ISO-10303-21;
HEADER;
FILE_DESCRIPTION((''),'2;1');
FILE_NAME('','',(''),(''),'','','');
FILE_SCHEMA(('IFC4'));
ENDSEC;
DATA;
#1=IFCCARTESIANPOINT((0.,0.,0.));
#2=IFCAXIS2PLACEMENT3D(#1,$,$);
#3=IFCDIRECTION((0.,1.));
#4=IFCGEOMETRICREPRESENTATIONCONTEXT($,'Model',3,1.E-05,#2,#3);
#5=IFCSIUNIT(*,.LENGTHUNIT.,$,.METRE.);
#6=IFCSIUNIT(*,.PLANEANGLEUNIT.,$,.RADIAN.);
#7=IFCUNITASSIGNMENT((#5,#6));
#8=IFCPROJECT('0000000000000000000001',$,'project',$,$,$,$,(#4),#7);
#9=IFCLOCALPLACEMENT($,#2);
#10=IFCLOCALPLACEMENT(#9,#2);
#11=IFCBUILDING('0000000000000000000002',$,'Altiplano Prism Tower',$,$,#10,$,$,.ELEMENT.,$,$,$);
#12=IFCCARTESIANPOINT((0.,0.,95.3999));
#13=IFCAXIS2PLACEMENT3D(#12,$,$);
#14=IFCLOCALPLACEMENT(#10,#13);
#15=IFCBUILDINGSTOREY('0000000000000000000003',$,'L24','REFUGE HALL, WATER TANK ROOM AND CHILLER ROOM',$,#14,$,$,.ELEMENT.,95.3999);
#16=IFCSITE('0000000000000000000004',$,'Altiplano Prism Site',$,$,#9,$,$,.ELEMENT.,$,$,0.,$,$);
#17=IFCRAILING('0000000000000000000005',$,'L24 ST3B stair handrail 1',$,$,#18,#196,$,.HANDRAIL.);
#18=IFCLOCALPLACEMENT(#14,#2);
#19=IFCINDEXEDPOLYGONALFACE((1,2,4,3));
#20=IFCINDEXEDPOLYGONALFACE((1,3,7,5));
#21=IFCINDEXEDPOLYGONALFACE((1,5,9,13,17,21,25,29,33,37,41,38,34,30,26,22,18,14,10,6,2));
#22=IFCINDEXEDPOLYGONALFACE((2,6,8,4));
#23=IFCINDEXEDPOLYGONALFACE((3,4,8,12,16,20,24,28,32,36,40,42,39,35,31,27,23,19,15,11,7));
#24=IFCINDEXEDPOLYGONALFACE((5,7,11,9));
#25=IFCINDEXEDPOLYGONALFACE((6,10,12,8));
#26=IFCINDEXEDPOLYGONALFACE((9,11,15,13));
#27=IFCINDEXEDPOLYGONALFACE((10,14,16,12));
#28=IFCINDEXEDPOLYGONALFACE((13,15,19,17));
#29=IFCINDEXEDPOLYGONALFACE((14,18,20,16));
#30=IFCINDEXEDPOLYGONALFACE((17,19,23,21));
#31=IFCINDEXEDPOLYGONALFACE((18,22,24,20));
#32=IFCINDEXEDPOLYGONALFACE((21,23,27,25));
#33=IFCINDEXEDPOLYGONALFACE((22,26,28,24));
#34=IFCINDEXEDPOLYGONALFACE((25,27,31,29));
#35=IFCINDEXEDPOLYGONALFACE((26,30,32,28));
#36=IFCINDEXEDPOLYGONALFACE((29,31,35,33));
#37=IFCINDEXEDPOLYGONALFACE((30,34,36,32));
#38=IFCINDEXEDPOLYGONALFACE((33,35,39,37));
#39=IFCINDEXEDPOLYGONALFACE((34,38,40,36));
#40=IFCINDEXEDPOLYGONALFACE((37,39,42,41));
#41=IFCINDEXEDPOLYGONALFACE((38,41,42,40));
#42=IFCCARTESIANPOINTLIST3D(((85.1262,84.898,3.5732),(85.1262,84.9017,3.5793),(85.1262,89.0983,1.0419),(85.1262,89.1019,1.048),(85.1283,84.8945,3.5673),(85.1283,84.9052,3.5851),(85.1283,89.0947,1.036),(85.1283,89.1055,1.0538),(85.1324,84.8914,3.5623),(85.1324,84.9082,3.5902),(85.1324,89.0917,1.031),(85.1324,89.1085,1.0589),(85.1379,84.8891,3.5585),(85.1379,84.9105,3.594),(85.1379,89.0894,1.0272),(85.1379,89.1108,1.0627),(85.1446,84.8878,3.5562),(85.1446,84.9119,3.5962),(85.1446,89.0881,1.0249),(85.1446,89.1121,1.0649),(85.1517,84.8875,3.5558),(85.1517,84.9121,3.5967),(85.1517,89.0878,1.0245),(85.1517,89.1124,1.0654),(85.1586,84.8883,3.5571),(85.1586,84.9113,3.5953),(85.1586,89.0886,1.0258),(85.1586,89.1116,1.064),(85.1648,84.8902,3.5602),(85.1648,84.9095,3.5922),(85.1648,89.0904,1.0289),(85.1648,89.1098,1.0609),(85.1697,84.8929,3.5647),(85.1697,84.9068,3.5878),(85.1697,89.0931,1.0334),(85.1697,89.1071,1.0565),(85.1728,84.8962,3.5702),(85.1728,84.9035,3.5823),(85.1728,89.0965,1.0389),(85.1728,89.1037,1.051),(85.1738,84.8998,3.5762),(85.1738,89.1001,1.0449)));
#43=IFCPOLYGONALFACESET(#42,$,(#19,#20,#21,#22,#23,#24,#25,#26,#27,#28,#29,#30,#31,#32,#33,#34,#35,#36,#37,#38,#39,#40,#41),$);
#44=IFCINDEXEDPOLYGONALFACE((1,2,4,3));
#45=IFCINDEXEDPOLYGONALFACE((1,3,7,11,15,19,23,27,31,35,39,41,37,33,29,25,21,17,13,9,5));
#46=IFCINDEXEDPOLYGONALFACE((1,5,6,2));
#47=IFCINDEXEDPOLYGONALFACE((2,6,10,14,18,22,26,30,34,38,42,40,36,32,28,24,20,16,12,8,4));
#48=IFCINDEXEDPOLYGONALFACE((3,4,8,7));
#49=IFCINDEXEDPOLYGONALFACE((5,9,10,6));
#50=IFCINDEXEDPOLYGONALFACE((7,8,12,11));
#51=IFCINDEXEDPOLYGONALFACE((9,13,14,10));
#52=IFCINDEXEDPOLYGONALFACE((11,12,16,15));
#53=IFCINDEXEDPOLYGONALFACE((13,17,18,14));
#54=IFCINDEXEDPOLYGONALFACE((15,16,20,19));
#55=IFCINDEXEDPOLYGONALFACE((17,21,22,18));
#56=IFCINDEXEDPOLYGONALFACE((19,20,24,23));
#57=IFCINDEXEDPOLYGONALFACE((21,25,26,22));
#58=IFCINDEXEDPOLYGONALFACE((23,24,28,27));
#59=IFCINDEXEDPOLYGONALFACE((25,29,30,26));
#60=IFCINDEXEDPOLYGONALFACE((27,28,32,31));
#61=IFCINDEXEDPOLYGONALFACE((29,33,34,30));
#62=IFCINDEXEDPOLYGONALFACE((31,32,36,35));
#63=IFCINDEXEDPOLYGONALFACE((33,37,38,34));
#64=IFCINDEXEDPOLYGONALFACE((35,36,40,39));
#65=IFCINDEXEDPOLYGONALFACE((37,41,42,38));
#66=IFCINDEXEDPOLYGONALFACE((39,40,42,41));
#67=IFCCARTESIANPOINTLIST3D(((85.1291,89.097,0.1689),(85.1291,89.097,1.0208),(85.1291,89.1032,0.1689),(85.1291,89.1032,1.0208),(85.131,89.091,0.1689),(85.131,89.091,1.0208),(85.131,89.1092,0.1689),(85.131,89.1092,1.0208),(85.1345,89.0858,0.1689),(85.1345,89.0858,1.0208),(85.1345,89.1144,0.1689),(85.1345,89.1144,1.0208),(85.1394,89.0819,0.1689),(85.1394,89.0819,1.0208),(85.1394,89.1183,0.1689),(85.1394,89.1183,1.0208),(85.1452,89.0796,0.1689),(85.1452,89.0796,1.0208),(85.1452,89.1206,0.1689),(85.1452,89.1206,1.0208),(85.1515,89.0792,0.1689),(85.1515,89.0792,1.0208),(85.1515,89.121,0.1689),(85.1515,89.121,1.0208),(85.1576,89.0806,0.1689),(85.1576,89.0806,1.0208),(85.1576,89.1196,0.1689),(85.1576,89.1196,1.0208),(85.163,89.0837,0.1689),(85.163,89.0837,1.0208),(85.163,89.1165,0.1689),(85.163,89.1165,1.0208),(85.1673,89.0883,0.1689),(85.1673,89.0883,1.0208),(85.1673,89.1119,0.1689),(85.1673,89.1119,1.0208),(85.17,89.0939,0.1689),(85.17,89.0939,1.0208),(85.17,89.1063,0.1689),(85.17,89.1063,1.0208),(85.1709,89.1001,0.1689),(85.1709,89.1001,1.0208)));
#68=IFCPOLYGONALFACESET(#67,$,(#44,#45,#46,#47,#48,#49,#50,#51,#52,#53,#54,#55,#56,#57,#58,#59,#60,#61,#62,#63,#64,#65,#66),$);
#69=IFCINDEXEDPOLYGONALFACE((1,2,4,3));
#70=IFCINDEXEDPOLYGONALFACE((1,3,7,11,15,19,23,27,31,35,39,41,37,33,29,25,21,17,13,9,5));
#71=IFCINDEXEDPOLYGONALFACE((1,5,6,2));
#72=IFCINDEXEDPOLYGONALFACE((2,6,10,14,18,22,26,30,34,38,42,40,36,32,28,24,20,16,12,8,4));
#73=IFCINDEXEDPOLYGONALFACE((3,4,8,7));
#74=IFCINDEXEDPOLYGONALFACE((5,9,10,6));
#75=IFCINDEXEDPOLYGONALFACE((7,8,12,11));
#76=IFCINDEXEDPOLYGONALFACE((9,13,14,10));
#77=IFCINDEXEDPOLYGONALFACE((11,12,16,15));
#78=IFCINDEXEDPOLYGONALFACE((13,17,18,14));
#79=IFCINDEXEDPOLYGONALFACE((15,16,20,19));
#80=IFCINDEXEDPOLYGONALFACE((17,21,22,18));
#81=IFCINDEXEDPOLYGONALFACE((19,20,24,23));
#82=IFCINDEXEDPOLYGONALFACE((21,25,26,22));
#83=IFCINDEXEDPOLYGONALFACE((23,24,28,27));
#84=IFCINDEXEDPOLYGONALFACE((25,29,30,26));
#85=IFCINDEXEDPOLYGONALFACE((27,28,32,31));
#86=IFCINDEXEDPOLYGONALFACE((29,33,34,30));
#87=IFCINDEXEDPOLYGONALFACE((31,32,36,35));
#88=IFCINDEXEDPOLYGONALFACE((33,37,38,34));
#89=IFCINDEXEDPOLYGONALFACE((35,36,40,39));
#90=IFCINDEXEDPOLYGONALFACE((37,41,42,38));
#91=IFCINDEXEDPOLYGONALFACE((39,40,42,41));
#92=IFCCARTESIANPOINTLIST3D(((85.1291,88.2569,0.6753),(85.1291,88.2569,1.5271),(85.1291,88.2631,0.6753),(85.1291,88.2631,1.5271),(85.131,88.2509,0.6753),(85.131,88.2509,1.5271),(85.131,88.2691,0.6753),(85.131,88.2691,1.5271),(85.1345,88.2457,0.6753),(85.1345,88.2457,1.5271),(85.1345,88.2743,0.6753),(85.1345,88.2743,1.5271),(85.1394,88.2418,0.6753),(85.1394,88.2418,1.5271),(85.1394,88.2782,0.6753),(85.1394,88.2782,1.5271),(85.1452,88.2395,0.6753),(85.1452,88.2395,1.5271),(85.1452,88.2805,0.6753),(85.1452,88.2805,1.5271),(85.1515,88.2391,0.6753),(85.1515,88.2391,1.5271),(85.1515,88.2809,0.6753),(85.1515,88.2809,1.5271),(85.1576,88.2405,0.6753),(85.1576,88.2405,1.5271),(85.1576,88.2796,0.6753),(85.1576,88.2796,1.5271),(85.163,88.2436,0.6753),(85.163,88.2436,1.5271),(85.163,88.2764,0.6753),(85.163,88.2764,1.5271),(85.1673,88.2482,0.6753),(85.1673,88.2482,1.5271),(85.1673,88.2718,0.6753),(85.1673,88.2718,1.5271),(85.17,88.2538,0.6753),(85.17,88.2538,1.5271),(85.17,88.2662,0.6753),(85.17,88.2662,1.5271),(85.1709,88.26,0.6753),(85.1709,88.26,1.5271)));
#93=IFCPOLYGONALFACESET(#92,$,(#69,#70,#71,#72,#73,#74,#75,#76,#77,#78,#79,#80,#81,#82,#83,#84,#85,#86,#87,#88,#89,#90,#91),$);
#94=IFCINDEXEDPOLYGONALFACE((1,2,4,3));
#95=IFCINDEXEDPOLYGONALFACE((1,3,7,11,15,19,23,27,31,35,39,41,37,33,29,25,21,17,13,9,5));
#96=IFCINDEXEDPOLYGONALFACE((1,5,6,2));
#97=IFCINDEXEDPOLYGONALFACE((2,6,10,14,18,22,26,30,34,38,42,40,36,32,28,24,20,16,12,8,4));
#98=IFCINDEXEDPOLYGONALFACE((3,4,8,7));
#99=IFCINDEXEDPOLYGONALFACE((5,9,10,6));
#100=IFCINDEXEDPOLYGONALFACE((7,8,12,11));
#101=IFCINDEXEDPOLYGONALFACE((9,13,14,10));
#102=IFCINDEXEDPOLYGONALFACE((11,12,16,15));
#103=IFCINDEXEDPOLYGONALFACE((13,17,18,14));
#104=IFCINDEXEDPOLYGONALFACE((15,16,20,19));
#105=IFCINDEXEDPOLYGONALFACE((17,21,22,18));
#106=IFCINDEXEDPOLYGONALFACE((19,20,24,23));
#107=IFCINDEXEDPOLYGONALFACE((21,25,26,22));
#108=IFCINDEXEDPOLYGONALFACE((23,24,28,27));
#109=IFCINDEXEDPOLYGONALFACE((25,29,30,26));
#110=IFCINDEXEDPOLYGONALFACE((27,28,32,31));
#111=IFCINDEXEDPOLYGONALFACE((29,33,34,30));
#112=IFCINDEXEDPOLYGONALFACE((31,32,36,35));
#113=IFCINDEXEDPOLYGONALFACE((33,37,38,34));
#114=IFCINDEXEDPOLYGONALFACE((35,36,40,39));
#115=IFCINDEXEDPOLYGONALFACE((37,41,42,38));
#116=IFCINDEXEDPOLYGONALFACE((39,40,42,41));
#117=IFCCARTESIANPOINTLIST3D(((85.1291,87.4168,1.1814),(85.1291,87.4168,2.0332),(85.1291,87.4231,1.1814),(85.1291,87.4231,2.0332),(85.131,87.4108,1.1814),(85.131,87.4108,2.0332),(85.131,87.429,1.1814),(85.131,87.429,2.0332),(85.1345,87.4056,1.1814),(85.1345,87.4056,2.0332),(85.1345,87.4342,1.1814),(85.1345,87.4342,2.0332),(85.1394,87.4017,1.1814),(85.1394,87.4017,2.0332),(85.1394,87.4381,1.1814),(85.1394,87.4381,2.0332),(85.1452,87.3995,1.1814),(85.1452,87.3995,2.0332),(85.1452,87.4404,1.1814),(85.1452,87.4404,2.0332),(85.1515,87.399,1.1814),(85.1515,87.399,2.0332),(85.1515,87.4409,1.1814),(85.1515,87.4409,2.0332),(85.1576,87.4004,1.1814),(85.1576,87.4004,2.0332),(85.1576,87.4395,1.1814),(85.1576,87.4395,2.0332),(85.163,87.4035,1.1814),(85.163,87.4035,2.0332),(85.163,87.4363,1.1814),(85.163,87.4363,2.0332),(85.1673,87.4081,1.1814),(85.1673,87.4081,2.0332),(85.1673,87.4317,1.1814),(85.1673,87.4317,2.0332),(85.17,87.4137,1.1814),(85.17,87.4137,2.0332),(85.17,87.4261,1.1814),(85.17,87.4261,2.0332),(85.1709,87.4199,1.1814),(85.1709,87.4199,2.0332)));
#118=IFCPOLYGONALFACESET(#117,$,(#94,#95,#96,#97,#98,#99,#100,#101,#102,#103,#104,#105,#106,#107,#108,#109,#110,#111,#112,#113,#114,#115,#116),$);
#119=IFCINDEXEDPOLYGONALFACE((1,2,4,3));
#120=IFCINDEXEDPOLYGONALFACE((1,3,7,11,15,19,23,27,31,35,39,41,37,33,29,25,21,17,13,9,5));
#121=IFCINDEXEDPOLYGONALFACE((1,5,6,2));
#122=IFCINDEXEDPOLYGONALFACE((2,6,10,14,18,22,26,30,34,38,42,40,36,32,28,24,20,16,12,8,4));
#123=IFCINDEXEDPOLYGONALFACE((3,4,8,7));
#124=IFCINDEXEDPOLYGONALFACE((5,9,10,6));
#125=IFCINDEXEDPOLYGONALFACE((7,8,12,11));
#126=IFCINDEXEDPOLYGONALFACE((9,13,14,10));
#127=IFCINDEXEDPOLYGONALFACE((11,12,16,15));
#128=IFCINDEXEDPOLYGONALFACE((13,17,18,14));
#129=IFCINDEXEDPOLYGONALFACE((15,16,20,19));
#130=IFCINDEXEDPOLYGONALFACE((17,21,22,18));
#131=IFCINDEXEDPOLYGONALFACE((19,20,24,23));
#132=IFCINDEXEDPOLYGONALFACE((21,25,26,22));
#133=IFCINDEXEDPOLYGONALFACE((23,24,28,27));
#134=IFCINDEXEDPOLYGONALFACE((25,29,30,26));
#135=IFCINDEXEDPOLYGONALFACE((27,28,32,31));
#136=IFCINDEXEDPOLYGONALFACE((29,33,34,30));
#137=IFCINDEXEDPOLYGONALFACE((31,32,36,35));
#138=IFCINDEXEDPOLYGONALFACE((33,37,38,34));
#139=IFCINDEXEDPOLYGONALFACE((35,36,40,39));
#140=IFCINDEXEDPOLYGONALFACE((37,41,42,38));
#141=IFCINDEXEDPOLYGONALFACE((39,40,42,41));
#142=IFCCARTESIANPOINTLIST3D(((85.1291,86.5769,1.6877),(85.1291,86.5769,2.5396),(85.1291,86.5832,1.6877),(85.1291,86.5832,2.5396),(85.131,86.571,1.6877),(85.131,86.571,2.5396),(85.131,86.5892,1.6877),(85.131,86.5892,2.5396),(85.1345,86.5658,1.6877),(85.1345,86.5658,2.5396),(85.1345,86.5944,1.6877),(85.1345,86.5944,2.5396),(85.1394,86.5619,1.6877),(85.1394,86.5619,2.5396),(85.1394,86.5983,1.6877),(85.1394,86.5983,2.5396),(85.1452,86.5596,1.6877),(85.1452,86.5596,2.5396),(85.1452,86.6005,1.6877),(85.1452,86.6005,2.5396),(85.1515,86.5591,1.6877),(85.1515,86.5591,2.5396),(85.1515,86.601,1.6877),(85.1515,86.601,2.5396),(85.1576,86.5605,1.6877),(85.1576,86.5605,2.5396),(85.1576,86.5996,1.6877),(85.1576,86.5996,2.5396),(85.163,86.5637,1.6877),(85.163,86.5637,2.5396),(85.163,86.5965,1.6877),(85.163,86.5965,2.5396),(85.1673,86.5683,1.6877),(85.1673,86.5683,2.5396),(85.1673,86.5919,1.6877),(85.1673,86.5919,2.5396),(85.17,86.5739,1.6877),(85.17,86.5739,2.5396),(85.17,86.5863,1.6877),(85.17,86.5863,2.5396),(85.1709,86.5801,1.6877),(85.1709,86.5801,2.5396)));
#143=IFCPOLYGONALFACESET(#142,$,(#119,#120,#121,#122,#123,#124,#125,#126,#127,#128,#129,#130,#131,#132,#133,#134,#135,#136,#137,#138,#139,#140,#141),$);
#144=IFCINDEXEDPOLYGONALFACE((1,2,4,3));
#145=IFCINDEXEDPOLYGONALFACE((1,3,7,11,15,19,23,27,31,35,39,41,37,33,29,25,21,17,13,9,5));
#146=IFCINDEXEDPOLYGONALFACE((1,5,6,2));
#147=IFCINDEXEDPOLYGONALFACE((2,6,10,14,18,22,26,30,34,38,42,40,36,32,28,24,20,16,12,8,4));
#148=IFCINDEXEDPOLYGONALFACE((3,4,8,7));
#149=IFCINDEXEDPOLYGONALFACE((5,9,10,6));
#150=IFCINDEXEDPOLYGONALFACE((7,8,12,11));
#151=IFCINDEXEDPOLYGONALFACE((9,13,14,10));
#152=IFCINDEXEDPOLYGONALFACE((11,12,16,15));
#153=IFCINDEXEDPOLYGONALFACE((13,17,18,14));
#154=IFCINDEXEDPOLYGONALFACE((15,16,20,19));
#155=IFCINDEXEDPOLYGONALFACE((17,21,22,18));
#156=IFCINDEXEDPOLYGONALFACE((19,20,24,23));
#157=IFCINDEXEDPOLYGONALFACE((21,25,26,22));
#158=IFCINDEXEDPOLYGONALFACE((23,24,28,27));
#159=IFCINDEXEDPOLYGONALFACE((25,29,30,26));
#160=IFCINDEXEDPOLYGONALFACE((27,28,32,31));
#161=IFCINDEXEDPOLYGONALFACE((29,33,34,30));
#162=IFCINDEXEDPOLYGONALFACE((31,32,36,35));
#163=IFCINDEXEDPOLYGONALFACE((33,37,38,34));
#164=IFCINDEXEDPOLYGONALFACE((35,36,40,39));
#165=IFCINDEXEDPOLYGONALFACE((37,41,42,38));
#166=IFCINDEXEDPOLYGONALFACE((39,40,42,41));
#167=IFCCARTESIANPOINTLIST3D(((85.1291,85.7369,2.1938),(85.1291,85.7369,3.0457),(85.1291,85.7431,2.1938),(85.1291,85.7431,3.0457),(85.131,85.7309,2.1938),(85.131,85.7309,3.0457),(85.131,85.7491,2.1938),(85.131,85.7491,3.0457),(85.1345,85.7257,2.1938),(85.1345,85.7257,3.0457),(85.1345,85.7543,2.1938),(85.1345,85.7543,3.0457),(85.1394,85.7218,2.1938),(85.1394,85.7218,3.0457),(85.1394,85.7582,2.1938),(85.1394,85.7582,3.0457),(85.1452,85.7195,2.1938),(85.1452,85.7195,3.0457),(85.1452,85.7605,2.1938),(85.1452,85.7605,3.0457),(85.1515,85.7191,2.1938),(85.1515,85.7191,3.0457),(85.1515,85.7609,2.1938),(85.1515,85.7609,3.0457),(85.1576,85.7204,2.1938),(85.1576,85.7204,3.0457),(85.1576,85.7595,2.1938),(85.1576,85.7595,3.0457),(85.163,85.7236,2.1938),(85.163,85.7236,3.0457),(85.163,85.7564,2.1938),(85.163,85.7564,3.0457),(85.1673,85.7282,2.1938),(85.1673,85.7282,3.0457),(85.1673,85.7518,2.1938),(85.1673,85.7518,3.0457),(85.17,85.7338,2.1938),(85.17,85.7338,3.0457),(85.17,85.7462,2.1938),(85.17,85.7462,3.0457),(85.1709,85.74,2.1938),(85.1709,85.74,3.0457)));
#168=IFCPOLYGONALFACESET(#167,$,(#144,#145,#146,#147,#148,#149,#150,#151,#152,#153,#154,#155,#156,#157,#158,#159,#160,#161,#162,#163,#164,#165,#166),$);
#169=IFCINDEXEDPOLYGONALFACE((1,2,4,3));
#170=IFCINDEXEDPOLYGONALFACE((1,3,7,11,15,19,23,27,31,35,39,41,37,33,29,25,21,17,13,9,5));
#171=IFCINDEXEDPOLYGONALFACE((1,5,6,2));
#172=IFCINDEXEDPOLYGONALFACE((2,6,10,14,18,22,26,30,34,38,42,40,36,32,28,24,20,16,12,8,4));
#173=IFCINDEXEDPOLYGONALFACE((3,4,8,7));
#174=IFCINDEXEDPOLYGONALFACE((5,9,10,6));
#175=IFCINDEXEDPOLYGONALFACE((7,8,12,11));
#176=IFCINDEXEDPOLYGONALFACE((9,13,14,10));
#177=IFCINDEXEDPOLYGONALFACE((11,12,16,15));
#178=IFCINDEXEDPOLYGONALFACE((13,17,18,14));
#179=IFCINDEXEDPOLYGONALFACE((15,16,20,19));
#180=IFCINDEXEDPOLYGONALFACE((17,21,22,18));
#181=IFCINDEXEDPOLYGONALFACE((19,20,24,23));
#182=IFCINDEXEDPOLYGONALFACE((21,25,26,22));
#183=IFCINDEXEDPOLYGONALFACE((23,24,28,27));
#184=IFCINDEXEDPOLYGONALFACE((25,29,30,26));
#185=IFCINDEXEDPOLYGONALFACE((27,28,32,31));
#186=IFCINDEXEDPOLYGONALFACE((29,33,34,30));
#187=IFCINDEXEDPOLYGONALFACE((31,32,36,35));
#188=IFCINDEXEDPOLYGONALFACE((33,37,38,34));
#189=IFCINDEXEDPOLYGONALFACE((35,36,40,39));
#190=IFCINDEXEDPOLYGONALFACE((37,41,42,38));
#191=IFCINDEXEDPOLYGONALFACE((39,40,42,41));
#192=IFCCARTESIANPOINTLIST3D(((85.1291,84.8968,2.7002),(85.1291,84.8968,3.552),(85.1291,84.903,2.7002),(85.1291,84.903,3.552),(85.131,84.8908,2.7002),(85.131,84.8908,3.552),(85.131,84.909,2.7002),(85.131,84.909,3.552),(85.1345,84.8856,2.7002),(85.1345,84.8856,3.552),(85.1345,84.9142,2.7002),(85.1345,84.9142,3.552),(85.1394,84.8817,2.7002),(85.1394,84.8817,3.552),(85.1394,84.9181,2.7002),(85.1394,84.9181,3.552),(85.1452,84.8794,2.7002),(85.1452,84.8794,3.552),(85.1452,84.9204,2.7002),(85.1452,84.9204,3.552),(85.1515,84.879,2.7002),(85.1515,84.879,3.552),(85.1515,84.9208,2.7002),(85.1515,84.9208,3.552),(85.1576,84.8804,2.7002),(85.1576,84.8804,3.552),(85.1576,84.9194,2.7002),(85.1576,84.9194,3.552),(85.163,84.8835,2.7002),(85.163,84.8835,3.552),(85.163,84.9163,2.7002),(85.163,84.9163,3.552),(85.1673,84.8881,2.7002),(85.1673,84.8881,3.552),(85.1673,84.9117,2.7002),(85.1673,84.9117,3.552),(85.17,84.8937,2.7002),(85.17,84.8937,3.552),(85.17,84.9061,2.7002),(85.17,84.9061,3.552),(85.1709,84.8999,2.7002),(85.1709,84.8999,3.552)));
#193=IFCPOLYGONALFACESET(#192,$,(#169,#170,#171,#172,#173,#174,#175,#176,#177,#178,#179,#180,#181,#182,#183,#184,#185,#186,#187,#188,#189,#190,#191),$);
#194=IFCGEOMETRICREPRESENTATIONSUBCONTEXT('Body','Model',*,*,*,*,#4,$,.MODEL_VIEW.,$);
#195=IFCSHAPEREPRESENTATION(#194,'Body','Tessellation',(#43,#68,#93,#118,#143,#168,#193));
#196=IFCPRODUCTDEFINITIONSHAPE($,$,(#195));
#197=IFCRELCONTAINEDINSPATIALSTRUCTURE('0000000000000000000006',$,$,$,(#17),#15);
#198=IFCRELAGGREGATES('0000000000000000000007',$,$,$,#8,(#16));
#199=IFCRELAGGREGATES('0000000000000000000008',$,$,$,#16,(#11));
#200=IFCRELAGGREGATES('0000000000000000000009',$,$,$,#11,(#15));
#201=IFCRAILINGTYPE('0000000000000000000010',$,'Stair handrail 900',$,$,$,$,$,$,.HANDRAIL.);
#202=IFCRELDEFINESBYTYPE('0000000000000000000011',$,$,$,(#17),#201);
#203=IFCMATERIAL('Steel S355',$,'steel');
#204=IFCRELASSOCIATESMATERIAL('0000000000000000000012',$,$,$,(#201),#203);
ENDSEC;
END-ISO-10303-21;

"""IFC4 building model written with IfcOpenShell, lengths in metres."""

from ifc_helpers import new_model, si_unit, direction, frame, origin, origin_2d, place, context, subcontext, project, spatial, circle, extrude, material, type_object, element, save


model = new_model("IFC4")

# Units and contexts
model_context = context("Model", 3, precision=1e-05, world=origin(), true_north=direction((0.0, 1.0)))
body_context = subcontext(model_context, "Body", "Model", "MODEL_VIEW")
ifc_project = project(units=[si_unit("LENGTHUNIT", "METRE"), si_unit("PLANEANGLEUNIT", "RADIAN")], contexts=[model_context])

# Site, building, storey
site_placement = place(None, origin())
site = spatial("IfcSite", under=ifc_project, at=site_placement, Name="Altiplano Prism Site", CompositionType="ELEMENT", RefElevation=0.0)
building_placement = place(site_placement, origin())
building = spatial("IfcBuilding", under=site, at=building_placement, Name="Altiplano Prism Tower", CompositionType="ELEMENT")
storey_placement = place(building_placement, frame((0.0, 0.0, 95.3999)))
storey = spatial("IfcBuildingStorey", under=building, at=storey_placement, Name="L24", Description="REFUGE HALL, WATER TANK ROOM AND CHILLER ROOM", CompositionType="ELEMENT", Elevation=95.3999)

# Shared definitions
ifc_material_1 = material(Name="Steel S355", Category="steel")

# Railing
railing_type_1 = type_object("IfcRailingType", Name="Stair handrail 900", PredefinedType="HANDRAIL", material=ifc_material_1)
railing_1_placement = place(storey_placement, frame((85.1499, 89.1001, 0.1689)))
element("IfcRailing", 1, at=railing_1_placement, inside=storey, type_object=railing_type_1, Name="L24 ST3B stair handrail 1", PredefinedType="HANDRAIL", context=body_context, shape_type="SweptSolid", body=[
    extrude(circle(Radius=0.0239, at=origin_2d()), frame((0.0, 0.0, 0.876), z_axis=(0.0, -0.85649, 0.516164), x_axis=(1.0, 0.0, 0.0)), (0.0, 0.0, 1.0), 4.9041),
    extrude(circle(Radius=0.021, at=origin_2d()), origin(), (0.0, 0.0, 1.0), 0.8518),
    extrude(circle(Radius=0.021, at=origin_2d()), frame((0.0, -0.8401, 0.5063)), (0.0, 0.0, 1.0), 0.8518),
    extrude(circle(Radius=0.021, at=origin_2d()), frame((0.0, -1.6802, 1.0125)), (0.0, 0.0, 1.0), 0.8518),
    extrude(circle(Radius=0.021, at=origin_2d()), frame((0.0, -2.52, 1.5188)), (0.0, 0.0, 1.0), 0.8518),
    extrude(circle(Radius=0.021, at=origin_2d()), frame((0.0, -3.3601, 2.0249)), (0.0, 0.0, 1.0), 0.8518),
    extrude(circle(Radius=0.021, at=origin_2d()), frame((0.0, -4.2002, 2.5312)), (0.0, 0.0, 1.0), 0.8518),
])

save(model, "model.ifc")
